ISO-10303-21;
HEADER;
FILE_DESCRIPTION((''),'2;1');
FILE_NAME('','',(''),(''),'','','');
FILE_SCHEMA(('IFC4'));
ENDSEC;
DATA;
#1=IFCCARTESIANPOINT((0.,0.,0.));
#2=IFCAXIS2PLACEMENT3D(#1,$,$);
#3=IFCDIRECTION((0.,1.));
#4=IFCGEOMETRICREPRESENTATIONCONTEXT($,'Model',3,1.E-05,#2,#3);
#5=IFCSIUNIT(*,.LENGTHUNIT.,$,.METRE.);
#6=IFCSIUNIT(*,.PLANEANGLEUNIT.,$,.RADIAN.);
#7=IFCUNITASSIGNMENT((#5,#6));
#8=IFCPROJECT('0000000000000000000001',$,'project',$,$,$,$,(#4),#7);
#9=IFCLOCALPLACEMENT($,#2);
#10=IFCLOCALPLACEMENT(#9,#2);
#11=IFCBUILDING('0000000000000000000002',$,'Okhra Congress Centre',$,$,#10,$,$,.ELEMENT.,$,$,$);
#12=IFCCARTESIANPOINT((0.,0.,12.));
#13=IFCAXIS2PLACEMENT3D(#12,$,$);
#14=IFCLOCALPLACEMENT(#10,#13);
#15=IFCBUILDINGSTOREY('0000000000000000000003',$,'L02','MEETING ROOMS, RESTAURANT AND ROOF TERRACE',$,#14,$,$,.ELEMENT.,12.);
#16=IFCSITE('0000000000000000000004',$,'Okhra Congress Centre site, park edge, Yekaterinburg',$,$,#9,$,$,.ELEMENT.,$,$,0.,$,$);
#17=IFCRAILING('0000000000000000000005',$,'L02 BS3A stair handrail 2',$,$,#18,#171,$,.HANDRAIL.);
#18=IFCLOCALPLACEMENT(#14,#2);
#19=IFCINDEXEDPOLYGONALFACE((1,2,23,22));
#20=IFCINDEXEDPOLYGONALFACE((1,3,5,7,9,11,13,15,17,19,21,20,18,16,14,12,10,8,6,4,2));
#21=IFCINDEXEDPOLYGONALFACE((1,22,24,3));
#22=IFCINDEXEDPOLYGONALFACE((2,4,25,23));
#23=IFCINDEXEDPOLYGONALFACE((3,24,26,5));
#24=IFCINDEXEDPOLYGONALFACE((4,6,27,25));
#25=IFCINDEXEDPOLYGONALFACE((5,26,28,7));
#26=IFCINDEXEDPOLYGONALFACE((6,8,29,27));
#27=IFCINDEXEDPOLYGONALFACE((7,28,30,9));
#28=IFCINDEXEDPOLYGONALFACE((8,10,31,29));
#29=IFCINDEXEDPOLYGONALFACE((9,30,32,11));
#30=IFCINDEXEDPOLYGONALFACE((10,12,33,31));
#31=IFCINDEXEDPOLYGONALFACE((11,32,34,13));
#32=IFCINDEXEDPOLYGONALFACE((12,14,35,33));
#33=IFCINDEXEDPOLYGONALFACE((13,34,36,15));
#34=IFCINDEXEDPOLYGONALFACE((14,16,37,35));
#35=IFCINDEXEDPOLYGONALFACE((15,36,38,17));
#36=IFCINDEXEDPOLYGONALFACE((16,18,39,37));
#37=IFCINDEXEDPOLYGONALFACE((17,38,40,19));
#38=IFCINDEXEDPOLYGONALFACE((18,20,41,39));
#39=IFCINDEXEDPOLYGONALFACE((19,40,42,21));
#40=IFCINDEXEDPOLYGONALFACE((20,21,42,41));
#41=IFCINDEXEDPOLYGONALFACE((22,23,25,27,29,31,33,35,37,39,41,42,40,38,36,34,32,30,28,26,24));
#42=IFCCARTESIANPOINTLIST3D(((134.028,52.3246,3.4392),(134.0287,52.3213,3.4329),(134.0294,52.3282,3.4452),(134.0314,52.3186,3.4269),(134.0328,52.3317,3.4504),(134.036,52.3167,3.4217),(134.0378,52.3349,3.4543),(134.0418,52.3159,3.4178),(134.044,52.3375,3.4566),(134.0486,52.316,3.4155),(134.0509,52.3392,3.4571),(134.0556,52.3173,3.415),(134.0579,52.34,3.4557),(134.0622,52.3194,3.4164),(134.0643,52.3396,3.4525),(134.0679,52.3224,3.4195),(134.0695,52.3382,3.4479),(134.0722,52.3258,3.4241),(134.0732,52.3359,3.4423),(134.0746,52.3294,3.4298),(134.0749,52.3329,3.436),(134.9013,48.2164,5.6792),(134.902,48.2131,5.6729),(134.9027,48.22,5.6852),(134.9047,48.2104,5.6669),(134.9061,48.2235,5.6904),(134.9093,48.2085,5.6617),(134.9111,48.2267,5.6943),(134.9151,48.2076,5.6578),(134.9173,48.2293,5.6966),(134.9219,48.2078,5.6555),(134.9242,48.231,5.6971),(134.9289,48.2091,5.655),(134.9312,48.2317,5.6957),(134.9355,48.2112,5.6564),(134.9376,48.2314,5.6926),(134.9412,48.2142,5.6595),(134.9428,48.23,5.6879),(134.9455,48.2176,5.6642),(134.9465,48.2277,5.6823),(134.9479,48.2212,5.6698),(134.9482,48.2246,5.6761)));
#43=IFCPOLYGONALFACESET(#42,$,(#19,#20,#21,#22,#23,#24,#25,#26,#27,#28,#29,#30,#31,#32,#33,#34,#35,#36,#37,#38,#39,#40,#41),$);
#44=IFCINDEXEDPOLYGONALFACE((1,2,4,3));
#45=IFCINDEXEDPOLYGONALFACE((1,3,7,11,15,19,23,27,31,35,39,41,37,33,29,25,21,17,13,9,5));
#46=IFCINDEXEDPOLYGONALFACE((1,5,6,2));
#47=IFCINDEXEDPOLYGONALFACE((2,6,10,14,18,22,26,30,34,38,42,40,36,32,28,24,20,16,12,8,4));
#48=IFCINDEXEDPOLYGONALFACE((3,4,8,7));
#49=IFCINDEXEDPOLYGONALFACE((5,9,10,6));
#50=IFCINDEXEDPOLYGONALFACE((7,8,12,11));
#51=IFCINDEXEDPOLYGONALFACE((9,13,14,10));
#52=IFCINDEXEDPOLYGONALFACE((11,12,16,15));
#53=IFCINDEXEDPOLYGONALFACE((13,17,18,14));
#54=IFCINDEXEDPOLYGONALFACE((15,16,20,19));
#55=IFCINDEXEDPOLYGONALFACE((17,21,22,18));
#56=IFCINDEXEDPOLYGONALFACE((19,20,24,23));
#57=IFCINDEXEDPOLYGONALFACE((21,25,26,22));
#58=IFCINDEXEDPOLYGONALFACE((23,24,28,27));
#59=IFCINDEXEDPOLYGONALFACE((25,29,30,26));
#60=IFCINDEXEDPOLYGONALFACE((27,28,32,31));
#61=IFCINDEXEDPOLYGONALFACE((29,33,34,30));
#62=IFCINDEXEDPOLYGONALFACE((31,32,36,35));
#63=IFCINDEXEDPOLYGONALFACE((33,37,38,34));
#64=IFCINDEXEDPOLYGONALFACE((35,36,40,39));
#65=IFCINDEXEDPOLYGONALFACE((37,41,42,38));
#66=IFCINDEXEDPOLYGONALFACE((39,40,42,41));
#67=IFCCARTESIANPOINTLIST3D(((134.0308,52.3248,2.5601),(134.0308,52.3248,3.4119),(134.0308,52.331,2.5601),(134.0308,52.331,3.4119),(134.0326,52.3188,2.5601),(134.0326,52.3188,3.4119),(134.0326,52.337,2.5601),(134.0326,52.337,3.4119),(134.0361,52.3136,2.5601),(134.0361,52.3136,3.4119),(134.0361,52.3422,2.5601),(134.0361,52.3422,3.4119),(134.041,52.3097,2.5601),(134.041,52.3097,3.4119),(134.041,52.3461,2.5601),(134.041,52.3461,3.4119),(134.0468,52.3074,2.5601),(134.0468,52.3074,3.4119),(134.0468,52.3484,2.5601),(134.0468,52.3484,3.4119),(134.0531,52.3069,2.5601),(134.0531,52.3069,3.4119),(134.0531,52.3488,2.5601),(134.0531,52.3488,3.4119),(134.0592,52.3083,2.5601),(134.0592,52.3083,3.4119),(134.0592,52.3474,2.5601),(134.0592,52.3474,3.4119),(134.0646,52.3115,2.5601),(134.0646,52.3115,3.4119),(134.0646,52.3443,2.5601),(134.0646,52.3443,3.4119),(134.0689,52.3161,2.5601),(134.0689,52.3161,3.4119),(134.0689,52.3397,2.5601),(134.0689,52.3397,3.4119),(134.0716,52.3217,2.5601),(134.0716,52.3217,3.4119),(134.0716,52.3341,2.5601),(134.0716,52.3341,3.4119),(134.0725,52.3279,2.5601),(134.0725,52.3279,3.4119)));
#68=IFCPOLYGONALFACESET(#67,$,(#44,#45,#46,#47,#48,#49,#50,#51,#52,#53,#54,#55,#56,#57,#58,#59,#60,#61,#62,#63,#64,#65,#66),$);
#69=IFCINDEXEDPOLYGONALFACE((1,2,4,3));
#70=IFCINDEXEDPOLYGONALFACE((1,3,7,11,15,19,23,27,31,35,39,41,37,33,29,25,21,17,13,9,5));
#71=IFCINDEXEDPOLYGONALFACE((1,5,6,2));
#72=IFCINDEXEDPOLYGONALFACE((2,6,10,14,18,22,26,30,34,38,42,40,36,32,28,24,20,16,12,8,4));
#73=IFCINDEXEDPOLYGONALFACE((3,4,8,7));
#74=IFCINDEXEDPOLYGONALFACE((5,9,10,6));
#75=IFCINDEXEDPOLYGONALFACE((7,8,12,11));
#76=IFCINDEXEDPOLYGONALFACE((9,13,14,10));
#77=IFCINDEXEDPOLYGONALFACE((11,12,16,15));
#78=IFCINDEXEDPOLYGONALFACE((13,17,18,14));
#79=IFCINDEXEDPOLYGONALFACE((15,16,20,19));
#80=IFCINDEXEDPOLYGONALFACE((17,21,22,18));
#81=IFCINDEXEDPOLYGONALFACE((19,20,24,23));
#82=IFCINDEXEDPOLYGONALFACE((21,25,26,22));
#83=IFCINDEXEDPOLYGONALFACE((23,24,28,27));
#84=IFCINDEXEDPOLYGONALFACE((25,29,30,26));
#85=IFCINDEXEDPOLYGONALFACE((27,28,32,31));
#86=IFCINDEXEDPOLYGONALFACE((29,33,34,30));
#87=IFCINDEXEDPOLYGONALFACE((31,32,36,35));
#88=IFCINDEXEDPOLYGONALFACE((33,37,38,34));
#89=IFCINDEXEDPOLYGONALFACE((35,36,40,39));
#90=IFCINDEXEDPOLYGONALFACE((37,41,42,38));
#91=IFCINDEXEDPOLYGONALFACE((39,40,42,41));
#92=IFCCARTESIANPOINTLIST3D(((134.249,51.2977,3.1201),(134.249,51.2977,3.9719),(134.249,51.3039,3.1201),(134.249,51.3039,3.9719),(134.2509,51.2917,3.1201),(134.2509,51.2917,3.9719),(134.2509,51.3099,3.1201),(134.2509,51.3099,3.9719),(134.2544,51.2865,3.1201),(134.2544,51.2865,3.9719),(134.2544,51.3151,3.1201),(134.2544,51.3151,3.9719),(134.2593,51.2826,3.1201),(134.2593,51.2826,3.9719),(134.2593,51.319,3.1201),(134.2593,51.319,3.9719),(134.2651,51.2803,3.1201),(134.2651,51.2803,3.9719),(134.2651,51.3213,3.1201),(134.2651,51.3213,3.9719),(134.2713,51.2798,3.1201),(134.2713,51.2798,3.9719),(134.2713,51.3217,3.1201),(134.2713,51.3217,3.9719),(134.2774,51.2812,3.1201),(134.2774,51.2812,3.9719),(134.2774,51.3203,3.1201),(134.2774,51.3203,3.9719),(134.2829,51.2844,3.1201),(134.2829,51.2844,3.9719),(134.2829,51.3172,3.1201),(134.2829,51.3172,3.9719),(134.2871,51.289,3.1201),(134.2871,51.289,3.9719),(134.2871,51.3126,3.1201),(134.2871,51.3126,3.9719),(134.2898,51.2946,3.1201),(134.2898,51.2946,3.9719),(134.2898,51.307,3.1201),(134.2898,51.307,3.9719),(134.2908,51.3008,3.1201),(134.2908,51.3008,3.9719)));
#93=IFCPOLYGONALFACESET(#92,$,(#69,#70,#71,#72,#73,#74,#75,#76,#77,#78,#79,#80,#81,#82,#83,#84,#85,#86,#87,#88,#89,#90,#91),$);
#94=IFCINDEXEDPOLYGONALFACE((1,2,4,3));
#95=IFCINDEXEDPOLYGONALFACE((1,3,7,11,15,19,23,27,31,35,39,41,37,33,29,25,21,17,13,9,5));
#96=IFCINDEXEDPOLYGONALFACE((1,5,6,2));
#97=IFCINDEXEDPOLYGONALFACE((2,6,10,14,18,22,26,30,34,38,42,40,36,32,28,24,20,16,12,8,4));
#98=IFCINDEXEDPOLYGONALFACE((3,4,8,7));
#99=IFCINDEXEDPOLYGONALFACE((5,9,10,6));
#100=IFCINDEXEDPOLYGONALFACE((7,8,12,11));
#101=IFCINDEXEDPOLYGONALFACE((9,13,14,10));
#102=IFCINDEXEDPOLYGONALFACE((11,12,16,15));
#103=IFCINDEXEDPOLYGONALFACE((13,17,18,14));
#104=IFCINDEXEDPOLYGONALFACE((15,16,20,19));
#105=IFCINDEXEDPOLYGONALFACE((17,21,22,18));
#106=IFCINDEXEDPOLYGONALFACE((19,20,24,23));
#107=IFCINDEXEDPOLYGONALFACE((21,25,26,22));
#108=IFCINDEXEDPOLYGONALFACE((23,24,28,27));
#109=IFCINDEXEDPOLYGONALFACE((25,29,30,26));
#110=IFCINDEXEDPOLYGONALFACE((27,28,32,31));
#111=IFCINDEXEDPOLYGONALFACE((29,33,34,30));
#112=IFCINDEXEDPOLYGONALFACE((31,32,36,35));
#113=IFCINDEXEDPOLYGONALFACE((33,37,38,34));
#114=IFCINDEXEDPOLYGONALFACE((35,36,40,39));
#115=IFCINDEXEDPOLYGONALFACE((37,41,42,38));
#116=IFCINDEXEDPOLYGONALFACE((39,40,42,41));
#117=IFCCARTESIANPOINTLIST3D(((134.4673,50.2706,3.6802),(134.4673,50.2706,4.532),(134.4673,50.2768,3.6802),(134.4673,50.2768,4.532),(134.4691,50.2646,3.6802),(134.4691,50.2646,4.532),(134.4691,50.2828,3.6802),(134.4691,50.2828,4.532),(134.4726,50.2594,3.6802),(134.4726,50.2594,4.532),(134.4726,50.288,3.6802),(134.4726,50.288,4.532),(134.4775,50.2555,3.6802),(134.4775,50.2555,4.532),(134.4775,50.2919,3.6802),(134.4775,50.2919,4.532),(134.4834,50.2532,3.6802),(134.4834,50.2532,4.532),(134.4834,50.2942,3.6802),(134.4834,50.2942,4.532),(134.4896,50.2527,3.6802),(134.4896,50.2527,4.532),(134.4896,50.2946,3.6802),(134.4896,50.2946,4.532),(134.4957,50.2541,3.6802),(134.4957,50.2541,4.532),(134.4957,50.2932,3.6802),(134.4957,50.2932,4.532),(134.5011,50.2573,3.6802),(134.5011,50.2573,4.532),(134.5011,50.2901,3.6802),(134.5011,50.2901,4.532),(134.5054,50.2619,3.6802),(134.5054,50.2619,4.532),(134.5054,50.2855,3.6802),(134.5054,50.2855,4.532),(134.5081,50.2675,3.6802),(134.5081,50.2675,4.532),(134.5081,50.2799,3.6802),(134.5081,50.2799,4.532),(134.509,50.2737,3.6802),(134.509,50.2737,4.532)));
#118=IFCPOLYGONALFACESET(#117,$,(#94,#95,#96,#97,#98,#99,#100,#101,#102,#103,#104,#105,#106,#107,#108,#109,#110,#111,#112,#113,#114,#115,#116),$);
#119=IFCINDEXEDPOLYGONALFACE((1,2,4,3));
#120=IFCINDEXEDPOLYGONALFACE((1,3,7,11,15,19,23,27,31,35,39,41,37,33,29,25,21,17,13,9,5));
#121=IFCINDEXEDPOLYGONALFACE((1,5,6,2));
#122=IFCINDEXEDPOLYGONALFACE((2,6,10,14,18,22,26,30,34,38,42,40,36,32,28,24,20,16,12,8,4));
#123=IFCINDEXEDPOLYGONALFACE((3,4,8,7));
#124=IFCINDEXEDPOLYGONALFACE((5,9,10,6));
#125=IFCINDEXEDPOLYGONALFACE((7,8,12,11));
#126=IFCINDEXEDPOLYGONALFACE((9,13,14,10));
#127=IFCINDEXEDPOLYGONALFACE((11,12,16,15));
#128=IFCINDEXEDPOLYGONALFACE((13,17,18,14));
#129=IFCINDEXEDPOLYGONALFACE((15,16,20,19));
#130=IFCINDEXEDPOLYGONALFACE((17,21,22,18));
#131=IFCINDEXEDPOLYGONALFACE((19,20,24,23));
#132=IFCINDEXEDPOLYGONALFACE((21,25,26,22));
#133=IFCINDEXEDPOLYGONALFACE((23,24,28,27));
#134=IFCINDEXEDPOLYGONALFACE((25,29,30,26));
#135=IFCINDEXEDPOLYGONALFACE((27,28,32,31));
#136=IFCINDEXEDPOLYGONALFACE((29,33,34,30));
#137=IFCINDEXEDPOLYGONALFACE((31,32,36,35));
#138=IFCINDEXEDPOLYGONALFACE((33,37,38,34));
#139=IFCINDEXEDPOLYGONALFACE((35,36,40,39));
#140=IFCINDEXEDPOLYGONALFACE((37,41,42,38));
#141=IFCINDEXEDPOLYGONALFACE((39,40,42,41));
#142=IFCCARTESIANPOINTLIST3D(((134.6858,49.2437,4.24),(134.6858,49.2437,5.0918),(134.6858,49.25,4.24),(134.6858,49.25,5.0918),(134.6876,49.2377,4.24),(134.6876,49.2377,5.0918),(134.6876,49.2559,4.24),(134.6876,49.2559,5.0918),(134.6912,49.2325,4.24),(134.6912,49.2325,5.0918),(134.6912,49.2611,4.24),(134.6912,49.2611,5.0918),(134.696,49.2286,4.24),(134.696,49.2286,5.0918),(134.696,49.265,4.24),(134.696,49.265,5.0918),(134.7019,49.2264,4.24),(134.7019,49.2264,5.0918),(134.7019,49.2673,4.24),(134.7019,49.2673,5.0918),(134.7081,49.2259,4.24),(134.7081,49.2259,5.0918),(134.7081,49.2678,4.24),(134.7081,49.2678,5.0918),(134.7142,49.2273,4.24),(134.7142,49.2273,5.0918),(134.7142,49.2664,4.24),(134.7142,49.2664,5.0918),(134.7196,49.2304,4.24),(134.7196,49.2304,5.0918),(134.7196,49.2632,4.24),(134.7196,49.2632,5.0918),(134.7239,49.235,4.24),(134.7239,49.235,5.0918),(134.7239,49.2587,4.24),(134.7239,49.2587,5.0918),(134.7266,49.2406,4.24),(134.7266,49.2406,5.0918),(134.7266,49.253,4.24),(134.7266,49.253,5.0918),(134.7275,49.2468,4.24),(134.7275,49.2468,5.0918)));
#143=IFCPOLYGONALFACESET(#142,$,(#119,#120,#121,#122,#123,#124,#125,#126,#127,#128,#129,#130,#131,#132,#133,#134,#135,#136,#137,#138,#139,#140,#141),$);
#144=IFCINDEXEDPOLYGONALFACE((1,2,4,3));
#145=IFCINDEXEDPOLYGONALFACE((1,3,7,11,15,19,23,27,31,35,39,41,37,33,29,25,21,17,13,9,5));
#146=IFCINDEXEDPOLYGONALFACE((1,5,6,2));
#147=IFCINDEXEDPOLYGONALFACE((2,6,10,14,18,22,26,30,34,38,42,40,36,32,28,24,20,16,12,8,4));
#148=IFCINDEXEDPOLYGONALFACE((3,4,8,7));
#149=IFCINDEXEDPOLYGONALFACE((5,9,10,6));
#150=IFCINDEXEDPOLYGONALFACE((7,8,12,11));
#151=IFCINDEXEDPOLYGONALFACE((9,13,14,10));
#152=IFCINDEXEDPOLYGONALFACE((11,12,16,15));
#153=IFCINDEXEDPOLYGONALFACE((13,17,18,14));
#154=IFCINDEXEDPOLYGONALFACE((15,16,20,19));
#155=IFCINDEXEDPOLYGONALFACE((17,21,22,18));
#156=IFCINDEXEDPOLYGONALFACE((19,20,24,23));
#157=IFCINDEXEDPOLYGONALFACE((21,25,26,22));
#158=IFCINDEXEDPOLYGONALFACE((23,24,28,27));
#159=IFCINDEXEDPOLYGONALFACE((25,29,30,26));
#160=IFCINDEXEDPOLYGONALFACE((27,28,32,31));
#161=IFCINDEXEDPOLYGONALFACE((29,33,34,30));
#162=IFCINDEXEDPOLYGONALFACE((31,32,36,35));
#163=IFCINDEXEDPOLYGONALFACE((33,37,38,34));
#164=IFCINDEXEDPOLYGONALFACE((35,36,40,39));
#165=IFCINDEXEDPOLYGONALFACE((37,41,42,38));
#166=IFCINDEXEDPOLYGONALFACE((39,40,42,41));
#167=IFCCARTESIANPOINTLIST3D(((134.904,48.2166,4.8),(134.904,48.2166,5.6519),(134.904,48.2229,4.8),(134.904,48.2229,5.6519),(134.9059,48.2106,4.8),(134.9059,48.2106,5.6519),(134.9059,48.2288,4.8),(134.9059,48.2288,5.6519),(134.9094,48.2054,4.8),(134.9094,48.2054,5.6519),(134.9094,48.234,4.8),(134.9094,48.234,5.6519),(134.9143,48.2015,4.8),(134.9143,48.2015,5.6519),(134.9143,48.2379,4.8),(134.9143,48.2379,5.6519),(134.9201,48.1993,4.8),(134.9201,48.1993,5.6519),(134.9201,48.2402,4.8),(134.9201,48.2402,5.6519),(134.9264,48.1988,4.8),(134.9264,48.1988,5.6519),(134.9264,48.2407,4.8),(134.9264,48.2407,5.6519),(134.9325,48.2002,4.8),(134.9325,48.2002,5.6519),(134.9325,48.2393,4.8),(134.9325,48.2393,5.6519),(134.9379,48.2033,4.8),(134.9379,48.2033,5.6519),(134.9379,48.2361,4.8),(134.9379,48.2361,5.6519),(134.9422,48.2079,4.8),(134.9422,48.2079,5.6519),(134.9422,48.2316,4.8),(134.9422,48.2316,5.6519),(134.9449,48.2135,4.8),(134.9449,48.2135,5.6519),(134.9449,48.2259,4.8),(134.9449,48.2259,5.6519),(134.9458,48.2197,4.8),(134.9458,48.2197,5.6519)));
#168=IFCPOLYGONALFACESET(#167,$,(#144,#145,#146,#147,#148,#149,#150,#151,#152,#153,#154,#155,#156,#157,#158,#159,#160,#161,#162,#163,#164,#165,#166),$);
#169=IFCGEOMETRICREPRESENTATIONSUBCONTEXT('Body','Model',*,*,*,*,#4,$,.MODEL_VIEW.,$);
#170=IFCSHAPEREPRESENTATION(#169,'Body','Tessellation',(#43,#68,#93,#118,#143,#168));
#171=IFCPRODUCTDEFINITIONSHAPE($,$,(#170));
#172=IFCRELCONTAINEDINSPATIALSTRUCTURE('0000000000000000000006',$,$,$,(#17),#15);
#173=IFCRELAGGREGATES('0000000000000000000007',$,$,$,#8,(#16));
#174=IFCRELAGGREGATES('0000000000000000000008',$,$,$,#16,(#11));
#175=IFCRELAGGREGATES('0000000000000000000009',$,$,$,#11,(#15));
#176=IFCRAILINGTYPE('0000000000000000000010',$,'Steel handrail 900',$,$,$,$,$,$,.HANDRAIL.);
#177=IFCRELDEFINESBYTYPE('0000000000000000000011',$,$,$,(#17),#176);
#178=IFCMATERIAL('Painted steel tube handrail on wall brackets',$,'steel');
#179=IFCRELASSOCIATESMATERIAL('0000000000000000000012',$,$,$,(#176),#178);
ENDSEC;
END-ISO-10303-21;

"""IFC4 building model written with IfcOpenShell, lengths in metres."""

from ifc_helpers import new_model, si_unit, direction, frame, origin, origin_2d, place, context, subcontext, project, spatial, circle, extrude, material, type_object, element, save


model = new_model("IFC4")

# Units and contexts
model_context = context("Model", 3, precision=1e-05, world=origin(), true_north=direction((0.0, 1.0)))
body_context = subcontext(model_context, "Body", "Model", "MODEL_VIEW")
ifc_project = project(units=[si_unit("LENGTHUNIT", "METRE"), si_unit("PLANEANGLEUNIT", "RADIAN")], contexts=[model_context])

# Site, building, storey
site_placement = place(None, origin())
site = spatial("IfcSite", under=ifc_project, at=site_placement, Name="Okhra Congress Centre site, park edge, Yekaterinburg", CompositionType="ELEMENT", RefElevation=0.0)
building_placement = place(site_placement, origin())
building = spatial("IfcBuilding", under=site, at=building_placement, Name="Okhra Congress Centre", CompositionType="ELEMENT")
storey_placement = place(building_placement, frame((0.0, 0.0, 12.0)))
storey = spatial("IfcBuildingStorey", under=building, at=storey_placement, Name="L02", Description="MEETING ROOMS, RESTAURANT AND ROOF TERRACE", CompositionType="ELEMENT", Elevation=12.0)

# Railing
ifc_material_1 = material(Name="Painted steel tube handrail on wall brackets", Category="steel")
railing_type_1 = type_object("IfcRailingType", Name="Steel handrail 900", PredefinedType="HANDRAIL", material=ifc_material_1)
railing_1_placement = place(storey_placement, frame((134.0515, 52.3279, 2.5601)))
element("IfcRailing", 1, at=railing_1_placement, inside=storey, type_object=railing_type_1, Name="L02 BS3A stair handrail 2", PredefinedType="HANDRAIL", context=body_context, shape_type="SweptSolid", body=[
    extrude(circle(Radius=0.0239, at=origin_2d()), frame((0.0, 0.0, 0.876), z_axis=(0.183466, -0.863067, 0.470591), x_axis=(0.978144, 0.207929, 0.0)), (0.0, 0.0, 1.0), 4.76),
    extrude(circle(Radius=0.021, at=origin_2d()), origin(), (0.0, 0.0, 1.0), 0.8518),
    extrude(circle(Radius=0.021, at=origin_2d()), frame((0.2183, -1.0271, 0.5601)), (0.0, 0.0, 1.0), 0.8518),
    extrude(circle(Radius=0.021, at=origin_2d()), frame((0.4365, -2.0542, 1.1201)), (0.0, 0.0, 1.0), 0.8518),
    extrude(circle(Radius=0.021, at=origin_2d()), frame((0.655, -3.0811, 1.6799)), (0.0, 0.0, 1.0), 0.8518),
    extrude(circle(Radius=0.021, at=origin_2d()), frame((0.8733, -4.1082, 2.24)), (0.0, 0.0, 1.0), 0.8518),
])

save(model, "model.ifc")
